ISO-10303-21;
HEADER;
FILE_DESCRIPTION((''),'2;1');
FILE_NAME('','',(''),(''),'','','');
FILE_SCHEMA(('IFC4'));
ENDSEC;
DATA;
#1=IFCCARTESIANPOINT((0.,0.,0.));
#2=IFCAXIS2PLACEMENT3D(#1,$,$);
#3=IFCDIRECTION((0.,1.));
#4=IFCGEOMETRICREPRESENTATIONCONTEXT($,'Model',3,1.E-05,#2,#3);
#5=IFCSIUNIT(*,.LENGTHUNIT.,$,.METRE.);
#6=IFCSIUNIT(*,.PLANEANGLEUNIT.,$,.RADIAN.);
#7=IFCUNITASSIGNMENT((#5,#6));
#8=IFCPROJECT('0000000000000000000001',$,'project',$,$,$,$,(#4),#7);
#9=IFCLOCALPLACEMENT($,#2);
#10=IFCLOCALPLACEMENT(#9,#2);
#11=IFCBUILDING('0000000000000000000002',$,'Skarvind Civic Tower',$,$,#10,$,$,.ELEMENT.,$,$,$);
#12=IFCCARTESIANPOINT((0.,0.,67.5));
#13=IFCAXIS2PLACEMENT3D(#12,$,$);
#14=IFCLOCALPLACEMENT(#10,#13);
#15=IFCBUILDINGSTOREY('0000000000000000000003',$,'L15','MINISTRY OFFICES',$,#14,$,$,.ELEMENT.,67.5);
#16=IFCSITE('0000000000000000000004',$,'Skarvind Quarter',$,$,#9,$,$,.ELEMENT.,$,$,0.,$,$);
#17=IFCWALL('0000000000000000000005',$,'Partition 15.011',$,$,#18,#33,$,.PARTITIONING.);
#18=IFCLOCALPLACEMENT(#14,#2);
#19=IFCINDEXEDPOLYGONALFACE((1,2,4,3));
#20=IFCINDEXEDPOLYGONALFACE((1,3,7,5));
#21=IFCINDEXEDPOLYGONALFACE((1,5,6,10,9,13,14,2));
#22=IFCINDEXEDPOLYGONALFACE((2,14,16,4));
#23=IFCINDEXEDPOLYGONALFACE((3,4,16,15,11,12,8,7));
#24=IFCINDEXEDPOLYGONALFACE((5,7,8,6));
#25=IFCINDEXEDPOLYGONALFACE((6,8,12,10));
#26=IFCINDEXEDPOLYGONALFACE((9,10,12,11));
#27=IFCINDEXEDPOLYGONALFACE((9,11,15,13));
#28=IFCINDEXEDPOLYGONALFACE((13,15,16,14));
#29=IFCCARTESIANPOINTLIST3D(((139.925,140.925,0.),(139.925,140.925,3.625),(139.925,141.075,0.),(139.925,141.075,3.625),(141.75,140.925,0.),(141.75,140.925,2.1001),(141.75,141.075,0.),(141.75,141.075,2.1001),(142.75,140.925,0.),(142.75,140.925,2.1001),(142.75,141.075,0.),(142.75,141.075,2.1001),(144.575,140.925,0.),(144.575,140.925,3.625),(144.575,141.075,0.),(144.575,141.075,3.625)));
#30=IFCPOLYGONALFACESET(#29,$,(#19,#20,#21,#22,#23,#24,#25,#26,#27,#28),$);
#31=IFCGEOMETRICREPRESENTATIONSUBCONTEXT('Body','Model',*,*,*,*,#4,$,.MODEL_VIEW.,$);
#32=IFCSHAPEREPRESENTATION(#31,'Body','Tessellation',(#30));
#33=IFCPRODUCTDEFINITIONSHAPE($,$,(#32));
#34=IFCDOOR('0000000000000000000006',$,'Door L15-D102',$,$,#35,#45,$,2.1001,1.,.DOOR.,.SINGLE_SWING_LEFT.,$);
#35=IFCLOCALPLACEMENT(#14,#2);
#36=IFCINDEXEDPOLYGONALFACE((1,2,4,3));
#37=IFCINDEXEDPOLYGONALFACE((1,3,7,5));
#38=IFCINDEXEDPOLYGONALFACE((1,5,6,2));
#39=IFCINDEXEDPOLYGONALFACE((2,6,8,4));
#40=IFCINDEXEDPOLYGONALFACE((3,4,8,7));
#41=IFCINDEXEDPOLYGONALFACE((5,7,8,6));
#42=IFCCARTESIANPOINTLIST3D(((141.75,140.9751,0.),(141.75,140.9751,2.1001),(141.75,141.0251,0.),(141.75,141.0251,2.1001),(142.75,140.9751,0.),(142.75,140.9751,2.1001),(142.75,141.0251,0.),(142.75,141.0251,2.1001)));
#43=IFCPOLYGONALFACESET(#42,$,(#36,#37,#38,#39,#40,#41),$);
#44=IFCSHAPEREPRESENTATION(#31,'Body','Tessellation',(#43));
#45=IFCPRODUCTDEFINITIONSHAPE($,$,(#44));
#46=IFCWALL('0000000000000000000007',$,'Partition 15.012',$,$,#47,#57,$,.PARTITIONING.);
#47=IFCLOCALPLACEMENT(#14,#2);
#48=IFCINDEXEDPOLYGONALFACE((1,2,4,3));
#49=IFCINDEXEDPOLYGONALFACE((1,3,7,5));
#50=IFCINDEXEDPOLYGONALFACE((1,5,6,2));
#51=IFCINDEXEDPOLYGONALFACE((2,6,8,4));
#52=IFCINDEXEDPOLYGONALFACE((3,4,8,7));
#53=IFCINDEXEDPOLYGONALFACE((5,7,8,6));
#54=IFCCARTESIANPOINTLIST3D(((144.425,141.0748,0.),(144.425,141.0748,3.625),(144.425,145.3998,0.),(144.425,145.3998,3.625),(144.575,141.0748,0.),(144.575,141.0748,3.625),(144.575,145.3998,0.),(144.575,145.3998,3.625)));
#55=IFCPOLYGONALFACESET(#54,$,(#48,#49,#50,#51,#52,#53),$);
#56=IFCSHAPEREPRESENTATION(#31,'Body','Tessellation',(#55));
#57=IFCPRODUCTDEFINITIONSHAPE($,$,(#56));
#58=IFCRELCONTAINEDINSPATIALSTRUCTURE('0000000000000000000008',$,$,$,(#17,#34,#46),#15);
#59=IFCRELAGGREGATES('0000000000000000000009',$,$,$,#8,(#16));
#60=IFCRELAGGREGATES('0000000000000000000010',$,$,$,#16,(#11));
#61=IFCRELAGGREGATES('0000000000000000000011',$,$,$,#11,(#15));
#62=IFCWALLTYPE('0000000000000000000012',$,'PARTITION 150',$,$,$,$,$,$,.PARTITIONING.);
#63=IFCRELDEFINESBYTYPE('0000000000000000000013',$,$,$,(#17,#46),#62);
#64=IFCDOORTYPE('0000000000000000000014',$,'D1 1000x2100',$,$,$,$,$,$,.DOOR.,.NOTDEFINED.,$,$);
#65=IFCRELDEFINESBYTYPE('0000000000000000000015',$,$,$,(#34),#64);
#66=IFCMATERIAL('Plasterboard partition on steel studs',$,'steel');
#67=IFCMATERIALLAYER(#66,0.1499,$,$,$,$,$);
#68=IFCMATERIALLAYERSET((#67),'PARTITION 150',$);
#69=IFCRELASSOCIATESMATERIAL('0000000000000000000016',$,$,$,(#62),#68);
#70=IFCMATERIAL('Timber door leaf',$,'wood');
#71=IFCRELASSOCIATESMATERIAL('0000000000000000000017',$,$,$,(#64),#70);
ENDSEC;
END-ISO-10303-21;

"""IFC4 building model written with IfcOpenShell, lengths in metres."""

from ifc_helpers import new_model, si_unit, direction, frame, frame_2d, origin, place, context, subcontext, project, spatial, rectangle, extrude, material, layer, layer_set, type_object, element, fill, save


model = new_model("IFC4")

# Units and contexts
model_context = context("Model", 3, precision=1e-05, world=origin(), true_north=direction((0.0, 1.0)))
body_context = subcontext(model_context, "Body", "Model", "MODEL_VIEW")
ifc_project = project(units=[si_unit("LENGTHUNIT", "METRE"), si_unit("PLANEANGLEUNIT", "RADIAN")], contexts=[model_context])

# Site, building, storey
site_placement = place(None, origin())
site = spatial("IfcSite", under=ifc_project, at=site_placement, Name="Skarvind Quarter", CompositionType="ELEMENT", RefElevation=0.0)
building_placement = place(site_placement, origin())
building = spatial("IfcBuilding", under=site, at=building_placement, Name="Skarvind Civic Tower", CompositionType="ELEMENT")
storey_placement = place(building_placement, frame((0.0, 0.0, 67.5)))
storey = spatial("IfcBuildingStorey", under=building, at=storey_placement, Name="L15", Description="MINISTRY OFFICES", CompositionType="ELEMENT", Elevation=67.5)

# Shared definitions
ifc_material_1 = material(Name="Plasterboard partition on steel studs", Category="steel")
ifc_layer_1 = layer(ifc_material_1, 0.1499)
ifc_layer_set_1 = layer_set([ifc_layer_1], Name="PARTITION 150")
wall_type_1 = type_object("IfcWallType", Name="PARTITION 150", PredefinedType="PARTITIONING", material=ifc_layer_set_1)

# Wall, opening, door
wall_1_placement = place(storey_placement, frame((144.575, 141.0, 0.0), z_axis=(0.0, 0.0, 1.0), x_axis=(-1.0, 0.0, 0.0)))
wall_1 = element("IfcWall", 1, at=wall_1_placement, inside=storey, type_object=wall_type_1, Name="Partition 15.011", PredefinedType="PARTITIONING", context=body_context, shape_type="SweptSolid", body=[
    extrude(rectangle(XDim=4.6499, YDim=0.1499, at=frame_2d((2.325, 0.0))), origin(), (0.0, 0.0, 1.0), 3.625),
])
opening_1_placement = place(wall_1_placement, frame((1.825, 0.0, 0.0)))
opening_1 = element("IfcOpeningElement", 2, at=opening_1_placement, cuts=wall_1, PredefinedType="OPENING", context=body_context, shape_type="SweptSolid", body=[
    extrude(rectangle(XDim=1.0, YDim=2.1001, at=frame_2d((0.5, 1.05))), frame((0.0, 0.085, 0.0), z_axis=(0.0, -1.0, 0.0), x_axis=(1.0, 0.0, 0.0)), (0.0, 0.0, 1.0), 0.1699),
])
ifc_material_2 = material(Name="Timber door leaf", Category="wood")
door_type_1 = type_object("IfcDoorType", Name="D1 1000x2100", OperationType="NOTDEFINED", PredefinedType="DOOR", material=ifc_material_2)
door_1_placement = place(opening_1_placement, origin())
door_1 = element("IfcDoor", 3, at=door_1_placement, inside=storey, type_object=door_type_1, Name="Door L15-D102", OperationType="SINGLE_SWING_LEFT", OverallHeight=2.1001, OverallWidth=1.0, PredefinedType="DOOR", context=body_context, shape_type="SweptSolid", body=[
    extrude(rectangle(XDim=1.0, YDim=2.1001, at=frame_2d((0.5, 1.05))), frame((0.0, 0.0249, 0.0), z_axis=(0.0, -1.0, 0.0), x_axis=(1.0, 0.0, 0.0)), (0.0, 0.0, 1.0), 0.05),
])
fill(opening_1, door_1)

# Wall
wall_2_placement = place(storey_placement, frame((144.5, 145.3999, 0.0), z_axis=(0.0, 0.0, 1.0), x_axis=(0.0, -1.0, 0.0)))
element("IfcWall", 4, at=wall_2_placement, inside=storey, type_object=wall_type_1, Name="Partition 15.012", PredefinedType="PARTITIONING", context=body_context, shape_type="SweptSolid", body=[
    extrude(rectangle(XDim=4.325, YDim=0.1499, at=frame_2d((2.1626, 0.0))), origin(), (0.0, 0.0, 1.0), 3.625),
])

save(model, "model.ifc")
